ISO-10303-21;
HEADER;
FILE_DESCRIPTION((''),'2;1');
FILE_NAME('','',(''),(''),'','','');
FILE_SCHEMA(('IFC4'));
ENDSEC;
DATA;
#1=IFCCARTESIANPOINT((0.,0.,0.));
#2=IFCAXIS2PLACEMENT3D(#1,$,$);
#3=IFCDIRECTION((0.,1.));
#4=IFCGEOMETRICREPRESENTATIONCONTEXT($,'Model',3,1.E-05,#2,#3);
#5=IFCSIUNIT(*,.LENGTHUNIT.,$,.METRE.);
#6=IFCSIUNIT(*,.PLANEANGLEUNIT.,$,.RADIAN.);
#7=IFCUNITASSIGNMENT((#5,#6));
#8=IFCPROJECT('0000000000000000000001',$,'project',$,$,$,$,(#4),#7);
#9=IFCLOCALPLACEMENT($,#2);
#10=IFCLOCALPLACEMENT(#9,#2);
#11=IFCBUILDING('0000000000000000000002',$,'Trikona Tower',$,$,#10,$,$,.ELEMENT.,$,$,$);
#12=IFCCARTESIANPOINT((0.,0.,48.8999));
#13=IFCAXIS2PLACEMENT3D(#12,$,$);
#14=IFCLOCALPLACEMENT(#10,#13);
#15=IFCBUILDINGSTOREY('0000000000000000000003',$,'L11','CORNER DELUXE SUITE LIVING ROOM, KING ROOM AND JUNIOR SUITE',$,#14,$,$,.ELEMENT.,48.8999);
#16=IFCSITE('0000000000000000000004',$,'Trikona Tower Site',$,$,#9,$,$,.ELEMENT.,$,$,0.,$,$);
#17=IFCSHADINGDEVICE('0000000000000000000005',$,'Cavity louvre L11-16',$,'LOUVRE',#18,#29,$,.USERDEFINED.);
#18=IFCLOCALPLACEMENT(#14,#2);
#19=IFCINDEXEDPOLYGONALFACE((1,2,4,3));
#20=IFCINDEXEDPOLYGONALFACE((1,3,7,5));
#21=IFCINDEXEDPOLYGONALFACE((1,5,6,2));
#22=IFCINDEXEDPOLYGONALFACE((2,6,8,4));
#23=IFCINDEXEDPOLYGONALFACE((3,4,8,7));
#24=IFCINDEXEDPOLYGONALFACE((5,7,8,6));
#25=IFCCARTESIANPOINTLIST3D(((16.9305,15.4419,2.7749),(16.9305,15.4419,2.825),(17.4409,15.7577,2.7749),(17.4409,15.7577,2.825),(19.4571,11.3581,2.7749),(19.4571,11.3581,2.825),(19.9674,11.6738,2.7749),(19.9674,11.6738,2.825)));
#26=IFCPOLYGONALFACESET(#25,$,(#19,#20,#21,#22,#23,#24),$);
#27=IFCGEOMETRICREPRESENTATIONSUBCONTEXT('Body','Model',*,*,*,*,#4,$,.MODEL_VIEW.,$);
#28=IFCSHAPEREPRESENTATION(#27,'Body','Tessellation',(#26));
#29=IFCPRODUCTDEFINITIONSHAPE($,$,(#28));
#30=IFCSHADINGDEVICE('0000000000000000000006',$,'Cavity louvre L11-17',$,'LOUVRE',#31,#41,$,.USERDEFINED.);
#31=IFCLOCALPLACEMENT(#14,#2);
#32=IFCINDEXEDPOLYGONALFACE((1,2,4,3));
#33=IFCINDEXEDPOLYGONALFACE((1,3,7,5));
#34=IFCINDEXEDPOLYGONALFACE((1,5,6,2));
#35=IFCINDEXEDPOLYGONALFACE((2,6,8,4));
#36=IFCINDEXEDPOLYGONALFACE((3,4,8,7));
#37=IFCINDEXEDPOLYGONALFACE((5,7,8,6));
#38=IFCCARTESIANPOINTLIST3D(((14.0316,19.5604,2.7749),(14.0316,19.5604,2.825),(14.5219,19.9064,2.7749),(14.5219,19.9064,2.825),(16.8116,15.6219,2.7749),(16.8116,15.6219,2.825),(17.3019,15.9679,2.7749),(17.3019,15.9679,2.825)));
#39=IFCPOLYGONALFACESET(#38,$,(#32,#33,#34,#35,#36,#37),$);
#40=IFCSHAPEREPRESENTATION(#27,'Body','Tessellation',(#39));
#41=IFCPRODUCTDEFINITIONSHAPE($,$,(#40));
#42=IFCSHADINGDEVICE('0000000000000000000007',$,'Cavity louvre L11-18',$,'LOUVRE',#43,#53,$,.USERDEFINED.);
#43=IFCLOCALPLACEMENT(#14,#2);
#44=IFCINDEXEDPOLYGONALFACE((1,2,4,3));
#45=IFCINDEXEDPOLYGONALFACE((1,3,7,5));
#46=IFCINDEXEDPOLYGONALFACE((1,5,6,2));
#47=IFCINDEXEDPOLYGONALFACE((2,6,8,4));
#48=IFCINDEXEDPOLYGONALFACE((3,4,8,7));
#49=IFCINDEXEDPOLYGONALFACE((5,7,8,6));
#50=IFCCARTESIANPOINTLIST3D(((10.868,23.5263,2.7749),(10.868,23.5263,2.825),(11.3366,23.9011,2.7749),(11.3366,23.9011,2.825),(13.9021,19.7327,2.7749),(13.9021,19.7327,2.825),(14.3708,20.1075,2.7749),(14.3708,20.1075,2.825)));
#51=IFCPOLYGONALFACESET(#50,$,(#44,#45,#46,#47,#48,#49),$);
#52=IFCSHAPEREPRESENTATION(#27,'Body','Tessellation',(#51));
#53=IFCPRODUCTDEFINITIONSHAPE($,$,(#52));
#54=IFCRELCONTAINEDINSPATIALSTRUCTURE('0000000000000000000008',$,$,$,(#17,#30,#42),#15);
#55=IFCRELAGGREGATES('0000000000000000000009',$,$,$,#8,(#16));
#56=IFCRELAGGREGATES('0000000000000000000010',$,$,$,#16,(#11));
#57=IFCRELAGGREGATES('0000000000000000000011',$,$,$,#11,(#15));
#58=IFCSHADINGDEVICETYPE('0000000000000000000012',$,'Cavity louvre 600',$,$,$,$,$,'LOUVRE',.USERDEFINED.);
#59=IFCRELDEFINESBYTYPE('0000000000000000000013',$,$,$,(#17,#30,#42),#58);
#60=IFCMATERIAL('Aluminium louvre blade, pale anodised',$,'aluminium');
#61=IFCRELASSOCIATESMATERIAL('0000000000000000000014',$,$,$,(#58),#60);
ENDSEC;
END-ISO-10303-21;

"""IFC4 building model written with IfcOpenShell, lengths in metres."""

from ifc_helpers import new_model, si_unit, direction, frame, origin, origin_2d, place, context, subcontext, project, spatial, rectangle, extrude, material, type_object, element, save


model = new_model("IFC4")

# Units and contexts
model_context = context("Model", 3, precision=1e-05, world=origin(), true_north=direction((0.0, 1.0)))
body_context = subcontext(model_context, "Body", "Model", "MODEL_VIEW")
ifc_project = project(units=[si_unit("LENGTHUNIT", "METRE"), si_unit("PLANEANGLEUNIT", "RADIAN")], contexts=[model_context])

# Site, building, storey
site_placement = place(None, origin())
site = spatial("IfcSite", under=ifc_project, at=site_placement, Name="Trikona Tower Site", CompositionType="ELEMENT", RefElevation=0.0)
building_placement = place(site_placement, origin())
building = spatial("IfcBuilding", under=site, at=building_placement, Name="Trikona Tower", CompositionType="ELEMENT")
storey_placement = place(building_placement, frame((0.0, 0.0, 48.8999)))
storey = spatial("IfcBuildingStorey", under=building, at=storey_placement, Name="L11", Description="CORNER DELUXE SUITE LIVING ROOM, KING ROOM AND JUNIOR SUITE", CompositionType="ELEMENT", Elevation=48.8999)

# Shading devices
ifc_material_1 = material(Name="Aluminium louvre blade, pale anodised", Category="aluminium")
shading_device_type = type_object("IfcShadingDeviceType", Name="Cavity louvre 600", ElementType="LOUVRE", PredefinedType="USERDEFINED", material=ifc_material_1)
shading_device_1_placement = place(storey_placement, frame((18.449, 13.5579, 2.7749), z_axis=(0.0, 0.0, 1.0), x_axis=(-0.526119, 0.850411, 0.0)))
element("IfcShadingDevice", 1, at=shading_device_1_placement, inside=storey, type_object=shading_device_type, Name="Cavity louvre L11-16", ObjectType="LOUVRE", PredefinedType="USERDEFINED", context=body_context, shape_type="SweptSolid", body=[
    extrude(rectangle(XDim=4.8022, YDim=0.6001, at=origin_2d()), origin(), (0.0, 0.0, 1.0), 0.05),
])
shading_device_2_placement = place(storey_placement, frame((15.6667, 17.7642, 2.7749), z_axis=(0.0, 0.0, 1.0), x_axis=(-0.576662, 0.816983, 0.0)))
element("IfcShadingDevice", 2, at=shading_device_2_placement, inside=storey, type_object=shading_device_type, Name="Cavity louvre L11-17", ObjectType="LOUVRE", PredefinedType="USERDEFINED", context=body_context, shape_type="SweptSolid", body=[
    extrude(rectangle(XDim=4.8208, YDim=0.6001, at=origin_2d()), origin(), (0.0, 0.0, 1.0), 0.05),
])
shading_device_3_placement = place(storey_placement, frame((12.6194, 21.8169, 2.7749), z_axis=(0.0, 0.0, 1.0), x_axis=(-0.624604, 0.780942, 0.0)))
element("IfcShadingDevice", 3, at=shading_device_3_placement, inside=storey, type_object=shading_device_type, Name="Cavity louvre L11-18", ObjectType="LOUVRE", PredefinedType="USERDEFINED", context=body_context, shape_type="SweptSolid", body=[
    extrude(rectangle(XDim=4.8577, YDim=0.6001, at=origin_2d()), origin(), (0.0, 0.0, 1.0), 0.05),
])

save(model, "model.ifc")
